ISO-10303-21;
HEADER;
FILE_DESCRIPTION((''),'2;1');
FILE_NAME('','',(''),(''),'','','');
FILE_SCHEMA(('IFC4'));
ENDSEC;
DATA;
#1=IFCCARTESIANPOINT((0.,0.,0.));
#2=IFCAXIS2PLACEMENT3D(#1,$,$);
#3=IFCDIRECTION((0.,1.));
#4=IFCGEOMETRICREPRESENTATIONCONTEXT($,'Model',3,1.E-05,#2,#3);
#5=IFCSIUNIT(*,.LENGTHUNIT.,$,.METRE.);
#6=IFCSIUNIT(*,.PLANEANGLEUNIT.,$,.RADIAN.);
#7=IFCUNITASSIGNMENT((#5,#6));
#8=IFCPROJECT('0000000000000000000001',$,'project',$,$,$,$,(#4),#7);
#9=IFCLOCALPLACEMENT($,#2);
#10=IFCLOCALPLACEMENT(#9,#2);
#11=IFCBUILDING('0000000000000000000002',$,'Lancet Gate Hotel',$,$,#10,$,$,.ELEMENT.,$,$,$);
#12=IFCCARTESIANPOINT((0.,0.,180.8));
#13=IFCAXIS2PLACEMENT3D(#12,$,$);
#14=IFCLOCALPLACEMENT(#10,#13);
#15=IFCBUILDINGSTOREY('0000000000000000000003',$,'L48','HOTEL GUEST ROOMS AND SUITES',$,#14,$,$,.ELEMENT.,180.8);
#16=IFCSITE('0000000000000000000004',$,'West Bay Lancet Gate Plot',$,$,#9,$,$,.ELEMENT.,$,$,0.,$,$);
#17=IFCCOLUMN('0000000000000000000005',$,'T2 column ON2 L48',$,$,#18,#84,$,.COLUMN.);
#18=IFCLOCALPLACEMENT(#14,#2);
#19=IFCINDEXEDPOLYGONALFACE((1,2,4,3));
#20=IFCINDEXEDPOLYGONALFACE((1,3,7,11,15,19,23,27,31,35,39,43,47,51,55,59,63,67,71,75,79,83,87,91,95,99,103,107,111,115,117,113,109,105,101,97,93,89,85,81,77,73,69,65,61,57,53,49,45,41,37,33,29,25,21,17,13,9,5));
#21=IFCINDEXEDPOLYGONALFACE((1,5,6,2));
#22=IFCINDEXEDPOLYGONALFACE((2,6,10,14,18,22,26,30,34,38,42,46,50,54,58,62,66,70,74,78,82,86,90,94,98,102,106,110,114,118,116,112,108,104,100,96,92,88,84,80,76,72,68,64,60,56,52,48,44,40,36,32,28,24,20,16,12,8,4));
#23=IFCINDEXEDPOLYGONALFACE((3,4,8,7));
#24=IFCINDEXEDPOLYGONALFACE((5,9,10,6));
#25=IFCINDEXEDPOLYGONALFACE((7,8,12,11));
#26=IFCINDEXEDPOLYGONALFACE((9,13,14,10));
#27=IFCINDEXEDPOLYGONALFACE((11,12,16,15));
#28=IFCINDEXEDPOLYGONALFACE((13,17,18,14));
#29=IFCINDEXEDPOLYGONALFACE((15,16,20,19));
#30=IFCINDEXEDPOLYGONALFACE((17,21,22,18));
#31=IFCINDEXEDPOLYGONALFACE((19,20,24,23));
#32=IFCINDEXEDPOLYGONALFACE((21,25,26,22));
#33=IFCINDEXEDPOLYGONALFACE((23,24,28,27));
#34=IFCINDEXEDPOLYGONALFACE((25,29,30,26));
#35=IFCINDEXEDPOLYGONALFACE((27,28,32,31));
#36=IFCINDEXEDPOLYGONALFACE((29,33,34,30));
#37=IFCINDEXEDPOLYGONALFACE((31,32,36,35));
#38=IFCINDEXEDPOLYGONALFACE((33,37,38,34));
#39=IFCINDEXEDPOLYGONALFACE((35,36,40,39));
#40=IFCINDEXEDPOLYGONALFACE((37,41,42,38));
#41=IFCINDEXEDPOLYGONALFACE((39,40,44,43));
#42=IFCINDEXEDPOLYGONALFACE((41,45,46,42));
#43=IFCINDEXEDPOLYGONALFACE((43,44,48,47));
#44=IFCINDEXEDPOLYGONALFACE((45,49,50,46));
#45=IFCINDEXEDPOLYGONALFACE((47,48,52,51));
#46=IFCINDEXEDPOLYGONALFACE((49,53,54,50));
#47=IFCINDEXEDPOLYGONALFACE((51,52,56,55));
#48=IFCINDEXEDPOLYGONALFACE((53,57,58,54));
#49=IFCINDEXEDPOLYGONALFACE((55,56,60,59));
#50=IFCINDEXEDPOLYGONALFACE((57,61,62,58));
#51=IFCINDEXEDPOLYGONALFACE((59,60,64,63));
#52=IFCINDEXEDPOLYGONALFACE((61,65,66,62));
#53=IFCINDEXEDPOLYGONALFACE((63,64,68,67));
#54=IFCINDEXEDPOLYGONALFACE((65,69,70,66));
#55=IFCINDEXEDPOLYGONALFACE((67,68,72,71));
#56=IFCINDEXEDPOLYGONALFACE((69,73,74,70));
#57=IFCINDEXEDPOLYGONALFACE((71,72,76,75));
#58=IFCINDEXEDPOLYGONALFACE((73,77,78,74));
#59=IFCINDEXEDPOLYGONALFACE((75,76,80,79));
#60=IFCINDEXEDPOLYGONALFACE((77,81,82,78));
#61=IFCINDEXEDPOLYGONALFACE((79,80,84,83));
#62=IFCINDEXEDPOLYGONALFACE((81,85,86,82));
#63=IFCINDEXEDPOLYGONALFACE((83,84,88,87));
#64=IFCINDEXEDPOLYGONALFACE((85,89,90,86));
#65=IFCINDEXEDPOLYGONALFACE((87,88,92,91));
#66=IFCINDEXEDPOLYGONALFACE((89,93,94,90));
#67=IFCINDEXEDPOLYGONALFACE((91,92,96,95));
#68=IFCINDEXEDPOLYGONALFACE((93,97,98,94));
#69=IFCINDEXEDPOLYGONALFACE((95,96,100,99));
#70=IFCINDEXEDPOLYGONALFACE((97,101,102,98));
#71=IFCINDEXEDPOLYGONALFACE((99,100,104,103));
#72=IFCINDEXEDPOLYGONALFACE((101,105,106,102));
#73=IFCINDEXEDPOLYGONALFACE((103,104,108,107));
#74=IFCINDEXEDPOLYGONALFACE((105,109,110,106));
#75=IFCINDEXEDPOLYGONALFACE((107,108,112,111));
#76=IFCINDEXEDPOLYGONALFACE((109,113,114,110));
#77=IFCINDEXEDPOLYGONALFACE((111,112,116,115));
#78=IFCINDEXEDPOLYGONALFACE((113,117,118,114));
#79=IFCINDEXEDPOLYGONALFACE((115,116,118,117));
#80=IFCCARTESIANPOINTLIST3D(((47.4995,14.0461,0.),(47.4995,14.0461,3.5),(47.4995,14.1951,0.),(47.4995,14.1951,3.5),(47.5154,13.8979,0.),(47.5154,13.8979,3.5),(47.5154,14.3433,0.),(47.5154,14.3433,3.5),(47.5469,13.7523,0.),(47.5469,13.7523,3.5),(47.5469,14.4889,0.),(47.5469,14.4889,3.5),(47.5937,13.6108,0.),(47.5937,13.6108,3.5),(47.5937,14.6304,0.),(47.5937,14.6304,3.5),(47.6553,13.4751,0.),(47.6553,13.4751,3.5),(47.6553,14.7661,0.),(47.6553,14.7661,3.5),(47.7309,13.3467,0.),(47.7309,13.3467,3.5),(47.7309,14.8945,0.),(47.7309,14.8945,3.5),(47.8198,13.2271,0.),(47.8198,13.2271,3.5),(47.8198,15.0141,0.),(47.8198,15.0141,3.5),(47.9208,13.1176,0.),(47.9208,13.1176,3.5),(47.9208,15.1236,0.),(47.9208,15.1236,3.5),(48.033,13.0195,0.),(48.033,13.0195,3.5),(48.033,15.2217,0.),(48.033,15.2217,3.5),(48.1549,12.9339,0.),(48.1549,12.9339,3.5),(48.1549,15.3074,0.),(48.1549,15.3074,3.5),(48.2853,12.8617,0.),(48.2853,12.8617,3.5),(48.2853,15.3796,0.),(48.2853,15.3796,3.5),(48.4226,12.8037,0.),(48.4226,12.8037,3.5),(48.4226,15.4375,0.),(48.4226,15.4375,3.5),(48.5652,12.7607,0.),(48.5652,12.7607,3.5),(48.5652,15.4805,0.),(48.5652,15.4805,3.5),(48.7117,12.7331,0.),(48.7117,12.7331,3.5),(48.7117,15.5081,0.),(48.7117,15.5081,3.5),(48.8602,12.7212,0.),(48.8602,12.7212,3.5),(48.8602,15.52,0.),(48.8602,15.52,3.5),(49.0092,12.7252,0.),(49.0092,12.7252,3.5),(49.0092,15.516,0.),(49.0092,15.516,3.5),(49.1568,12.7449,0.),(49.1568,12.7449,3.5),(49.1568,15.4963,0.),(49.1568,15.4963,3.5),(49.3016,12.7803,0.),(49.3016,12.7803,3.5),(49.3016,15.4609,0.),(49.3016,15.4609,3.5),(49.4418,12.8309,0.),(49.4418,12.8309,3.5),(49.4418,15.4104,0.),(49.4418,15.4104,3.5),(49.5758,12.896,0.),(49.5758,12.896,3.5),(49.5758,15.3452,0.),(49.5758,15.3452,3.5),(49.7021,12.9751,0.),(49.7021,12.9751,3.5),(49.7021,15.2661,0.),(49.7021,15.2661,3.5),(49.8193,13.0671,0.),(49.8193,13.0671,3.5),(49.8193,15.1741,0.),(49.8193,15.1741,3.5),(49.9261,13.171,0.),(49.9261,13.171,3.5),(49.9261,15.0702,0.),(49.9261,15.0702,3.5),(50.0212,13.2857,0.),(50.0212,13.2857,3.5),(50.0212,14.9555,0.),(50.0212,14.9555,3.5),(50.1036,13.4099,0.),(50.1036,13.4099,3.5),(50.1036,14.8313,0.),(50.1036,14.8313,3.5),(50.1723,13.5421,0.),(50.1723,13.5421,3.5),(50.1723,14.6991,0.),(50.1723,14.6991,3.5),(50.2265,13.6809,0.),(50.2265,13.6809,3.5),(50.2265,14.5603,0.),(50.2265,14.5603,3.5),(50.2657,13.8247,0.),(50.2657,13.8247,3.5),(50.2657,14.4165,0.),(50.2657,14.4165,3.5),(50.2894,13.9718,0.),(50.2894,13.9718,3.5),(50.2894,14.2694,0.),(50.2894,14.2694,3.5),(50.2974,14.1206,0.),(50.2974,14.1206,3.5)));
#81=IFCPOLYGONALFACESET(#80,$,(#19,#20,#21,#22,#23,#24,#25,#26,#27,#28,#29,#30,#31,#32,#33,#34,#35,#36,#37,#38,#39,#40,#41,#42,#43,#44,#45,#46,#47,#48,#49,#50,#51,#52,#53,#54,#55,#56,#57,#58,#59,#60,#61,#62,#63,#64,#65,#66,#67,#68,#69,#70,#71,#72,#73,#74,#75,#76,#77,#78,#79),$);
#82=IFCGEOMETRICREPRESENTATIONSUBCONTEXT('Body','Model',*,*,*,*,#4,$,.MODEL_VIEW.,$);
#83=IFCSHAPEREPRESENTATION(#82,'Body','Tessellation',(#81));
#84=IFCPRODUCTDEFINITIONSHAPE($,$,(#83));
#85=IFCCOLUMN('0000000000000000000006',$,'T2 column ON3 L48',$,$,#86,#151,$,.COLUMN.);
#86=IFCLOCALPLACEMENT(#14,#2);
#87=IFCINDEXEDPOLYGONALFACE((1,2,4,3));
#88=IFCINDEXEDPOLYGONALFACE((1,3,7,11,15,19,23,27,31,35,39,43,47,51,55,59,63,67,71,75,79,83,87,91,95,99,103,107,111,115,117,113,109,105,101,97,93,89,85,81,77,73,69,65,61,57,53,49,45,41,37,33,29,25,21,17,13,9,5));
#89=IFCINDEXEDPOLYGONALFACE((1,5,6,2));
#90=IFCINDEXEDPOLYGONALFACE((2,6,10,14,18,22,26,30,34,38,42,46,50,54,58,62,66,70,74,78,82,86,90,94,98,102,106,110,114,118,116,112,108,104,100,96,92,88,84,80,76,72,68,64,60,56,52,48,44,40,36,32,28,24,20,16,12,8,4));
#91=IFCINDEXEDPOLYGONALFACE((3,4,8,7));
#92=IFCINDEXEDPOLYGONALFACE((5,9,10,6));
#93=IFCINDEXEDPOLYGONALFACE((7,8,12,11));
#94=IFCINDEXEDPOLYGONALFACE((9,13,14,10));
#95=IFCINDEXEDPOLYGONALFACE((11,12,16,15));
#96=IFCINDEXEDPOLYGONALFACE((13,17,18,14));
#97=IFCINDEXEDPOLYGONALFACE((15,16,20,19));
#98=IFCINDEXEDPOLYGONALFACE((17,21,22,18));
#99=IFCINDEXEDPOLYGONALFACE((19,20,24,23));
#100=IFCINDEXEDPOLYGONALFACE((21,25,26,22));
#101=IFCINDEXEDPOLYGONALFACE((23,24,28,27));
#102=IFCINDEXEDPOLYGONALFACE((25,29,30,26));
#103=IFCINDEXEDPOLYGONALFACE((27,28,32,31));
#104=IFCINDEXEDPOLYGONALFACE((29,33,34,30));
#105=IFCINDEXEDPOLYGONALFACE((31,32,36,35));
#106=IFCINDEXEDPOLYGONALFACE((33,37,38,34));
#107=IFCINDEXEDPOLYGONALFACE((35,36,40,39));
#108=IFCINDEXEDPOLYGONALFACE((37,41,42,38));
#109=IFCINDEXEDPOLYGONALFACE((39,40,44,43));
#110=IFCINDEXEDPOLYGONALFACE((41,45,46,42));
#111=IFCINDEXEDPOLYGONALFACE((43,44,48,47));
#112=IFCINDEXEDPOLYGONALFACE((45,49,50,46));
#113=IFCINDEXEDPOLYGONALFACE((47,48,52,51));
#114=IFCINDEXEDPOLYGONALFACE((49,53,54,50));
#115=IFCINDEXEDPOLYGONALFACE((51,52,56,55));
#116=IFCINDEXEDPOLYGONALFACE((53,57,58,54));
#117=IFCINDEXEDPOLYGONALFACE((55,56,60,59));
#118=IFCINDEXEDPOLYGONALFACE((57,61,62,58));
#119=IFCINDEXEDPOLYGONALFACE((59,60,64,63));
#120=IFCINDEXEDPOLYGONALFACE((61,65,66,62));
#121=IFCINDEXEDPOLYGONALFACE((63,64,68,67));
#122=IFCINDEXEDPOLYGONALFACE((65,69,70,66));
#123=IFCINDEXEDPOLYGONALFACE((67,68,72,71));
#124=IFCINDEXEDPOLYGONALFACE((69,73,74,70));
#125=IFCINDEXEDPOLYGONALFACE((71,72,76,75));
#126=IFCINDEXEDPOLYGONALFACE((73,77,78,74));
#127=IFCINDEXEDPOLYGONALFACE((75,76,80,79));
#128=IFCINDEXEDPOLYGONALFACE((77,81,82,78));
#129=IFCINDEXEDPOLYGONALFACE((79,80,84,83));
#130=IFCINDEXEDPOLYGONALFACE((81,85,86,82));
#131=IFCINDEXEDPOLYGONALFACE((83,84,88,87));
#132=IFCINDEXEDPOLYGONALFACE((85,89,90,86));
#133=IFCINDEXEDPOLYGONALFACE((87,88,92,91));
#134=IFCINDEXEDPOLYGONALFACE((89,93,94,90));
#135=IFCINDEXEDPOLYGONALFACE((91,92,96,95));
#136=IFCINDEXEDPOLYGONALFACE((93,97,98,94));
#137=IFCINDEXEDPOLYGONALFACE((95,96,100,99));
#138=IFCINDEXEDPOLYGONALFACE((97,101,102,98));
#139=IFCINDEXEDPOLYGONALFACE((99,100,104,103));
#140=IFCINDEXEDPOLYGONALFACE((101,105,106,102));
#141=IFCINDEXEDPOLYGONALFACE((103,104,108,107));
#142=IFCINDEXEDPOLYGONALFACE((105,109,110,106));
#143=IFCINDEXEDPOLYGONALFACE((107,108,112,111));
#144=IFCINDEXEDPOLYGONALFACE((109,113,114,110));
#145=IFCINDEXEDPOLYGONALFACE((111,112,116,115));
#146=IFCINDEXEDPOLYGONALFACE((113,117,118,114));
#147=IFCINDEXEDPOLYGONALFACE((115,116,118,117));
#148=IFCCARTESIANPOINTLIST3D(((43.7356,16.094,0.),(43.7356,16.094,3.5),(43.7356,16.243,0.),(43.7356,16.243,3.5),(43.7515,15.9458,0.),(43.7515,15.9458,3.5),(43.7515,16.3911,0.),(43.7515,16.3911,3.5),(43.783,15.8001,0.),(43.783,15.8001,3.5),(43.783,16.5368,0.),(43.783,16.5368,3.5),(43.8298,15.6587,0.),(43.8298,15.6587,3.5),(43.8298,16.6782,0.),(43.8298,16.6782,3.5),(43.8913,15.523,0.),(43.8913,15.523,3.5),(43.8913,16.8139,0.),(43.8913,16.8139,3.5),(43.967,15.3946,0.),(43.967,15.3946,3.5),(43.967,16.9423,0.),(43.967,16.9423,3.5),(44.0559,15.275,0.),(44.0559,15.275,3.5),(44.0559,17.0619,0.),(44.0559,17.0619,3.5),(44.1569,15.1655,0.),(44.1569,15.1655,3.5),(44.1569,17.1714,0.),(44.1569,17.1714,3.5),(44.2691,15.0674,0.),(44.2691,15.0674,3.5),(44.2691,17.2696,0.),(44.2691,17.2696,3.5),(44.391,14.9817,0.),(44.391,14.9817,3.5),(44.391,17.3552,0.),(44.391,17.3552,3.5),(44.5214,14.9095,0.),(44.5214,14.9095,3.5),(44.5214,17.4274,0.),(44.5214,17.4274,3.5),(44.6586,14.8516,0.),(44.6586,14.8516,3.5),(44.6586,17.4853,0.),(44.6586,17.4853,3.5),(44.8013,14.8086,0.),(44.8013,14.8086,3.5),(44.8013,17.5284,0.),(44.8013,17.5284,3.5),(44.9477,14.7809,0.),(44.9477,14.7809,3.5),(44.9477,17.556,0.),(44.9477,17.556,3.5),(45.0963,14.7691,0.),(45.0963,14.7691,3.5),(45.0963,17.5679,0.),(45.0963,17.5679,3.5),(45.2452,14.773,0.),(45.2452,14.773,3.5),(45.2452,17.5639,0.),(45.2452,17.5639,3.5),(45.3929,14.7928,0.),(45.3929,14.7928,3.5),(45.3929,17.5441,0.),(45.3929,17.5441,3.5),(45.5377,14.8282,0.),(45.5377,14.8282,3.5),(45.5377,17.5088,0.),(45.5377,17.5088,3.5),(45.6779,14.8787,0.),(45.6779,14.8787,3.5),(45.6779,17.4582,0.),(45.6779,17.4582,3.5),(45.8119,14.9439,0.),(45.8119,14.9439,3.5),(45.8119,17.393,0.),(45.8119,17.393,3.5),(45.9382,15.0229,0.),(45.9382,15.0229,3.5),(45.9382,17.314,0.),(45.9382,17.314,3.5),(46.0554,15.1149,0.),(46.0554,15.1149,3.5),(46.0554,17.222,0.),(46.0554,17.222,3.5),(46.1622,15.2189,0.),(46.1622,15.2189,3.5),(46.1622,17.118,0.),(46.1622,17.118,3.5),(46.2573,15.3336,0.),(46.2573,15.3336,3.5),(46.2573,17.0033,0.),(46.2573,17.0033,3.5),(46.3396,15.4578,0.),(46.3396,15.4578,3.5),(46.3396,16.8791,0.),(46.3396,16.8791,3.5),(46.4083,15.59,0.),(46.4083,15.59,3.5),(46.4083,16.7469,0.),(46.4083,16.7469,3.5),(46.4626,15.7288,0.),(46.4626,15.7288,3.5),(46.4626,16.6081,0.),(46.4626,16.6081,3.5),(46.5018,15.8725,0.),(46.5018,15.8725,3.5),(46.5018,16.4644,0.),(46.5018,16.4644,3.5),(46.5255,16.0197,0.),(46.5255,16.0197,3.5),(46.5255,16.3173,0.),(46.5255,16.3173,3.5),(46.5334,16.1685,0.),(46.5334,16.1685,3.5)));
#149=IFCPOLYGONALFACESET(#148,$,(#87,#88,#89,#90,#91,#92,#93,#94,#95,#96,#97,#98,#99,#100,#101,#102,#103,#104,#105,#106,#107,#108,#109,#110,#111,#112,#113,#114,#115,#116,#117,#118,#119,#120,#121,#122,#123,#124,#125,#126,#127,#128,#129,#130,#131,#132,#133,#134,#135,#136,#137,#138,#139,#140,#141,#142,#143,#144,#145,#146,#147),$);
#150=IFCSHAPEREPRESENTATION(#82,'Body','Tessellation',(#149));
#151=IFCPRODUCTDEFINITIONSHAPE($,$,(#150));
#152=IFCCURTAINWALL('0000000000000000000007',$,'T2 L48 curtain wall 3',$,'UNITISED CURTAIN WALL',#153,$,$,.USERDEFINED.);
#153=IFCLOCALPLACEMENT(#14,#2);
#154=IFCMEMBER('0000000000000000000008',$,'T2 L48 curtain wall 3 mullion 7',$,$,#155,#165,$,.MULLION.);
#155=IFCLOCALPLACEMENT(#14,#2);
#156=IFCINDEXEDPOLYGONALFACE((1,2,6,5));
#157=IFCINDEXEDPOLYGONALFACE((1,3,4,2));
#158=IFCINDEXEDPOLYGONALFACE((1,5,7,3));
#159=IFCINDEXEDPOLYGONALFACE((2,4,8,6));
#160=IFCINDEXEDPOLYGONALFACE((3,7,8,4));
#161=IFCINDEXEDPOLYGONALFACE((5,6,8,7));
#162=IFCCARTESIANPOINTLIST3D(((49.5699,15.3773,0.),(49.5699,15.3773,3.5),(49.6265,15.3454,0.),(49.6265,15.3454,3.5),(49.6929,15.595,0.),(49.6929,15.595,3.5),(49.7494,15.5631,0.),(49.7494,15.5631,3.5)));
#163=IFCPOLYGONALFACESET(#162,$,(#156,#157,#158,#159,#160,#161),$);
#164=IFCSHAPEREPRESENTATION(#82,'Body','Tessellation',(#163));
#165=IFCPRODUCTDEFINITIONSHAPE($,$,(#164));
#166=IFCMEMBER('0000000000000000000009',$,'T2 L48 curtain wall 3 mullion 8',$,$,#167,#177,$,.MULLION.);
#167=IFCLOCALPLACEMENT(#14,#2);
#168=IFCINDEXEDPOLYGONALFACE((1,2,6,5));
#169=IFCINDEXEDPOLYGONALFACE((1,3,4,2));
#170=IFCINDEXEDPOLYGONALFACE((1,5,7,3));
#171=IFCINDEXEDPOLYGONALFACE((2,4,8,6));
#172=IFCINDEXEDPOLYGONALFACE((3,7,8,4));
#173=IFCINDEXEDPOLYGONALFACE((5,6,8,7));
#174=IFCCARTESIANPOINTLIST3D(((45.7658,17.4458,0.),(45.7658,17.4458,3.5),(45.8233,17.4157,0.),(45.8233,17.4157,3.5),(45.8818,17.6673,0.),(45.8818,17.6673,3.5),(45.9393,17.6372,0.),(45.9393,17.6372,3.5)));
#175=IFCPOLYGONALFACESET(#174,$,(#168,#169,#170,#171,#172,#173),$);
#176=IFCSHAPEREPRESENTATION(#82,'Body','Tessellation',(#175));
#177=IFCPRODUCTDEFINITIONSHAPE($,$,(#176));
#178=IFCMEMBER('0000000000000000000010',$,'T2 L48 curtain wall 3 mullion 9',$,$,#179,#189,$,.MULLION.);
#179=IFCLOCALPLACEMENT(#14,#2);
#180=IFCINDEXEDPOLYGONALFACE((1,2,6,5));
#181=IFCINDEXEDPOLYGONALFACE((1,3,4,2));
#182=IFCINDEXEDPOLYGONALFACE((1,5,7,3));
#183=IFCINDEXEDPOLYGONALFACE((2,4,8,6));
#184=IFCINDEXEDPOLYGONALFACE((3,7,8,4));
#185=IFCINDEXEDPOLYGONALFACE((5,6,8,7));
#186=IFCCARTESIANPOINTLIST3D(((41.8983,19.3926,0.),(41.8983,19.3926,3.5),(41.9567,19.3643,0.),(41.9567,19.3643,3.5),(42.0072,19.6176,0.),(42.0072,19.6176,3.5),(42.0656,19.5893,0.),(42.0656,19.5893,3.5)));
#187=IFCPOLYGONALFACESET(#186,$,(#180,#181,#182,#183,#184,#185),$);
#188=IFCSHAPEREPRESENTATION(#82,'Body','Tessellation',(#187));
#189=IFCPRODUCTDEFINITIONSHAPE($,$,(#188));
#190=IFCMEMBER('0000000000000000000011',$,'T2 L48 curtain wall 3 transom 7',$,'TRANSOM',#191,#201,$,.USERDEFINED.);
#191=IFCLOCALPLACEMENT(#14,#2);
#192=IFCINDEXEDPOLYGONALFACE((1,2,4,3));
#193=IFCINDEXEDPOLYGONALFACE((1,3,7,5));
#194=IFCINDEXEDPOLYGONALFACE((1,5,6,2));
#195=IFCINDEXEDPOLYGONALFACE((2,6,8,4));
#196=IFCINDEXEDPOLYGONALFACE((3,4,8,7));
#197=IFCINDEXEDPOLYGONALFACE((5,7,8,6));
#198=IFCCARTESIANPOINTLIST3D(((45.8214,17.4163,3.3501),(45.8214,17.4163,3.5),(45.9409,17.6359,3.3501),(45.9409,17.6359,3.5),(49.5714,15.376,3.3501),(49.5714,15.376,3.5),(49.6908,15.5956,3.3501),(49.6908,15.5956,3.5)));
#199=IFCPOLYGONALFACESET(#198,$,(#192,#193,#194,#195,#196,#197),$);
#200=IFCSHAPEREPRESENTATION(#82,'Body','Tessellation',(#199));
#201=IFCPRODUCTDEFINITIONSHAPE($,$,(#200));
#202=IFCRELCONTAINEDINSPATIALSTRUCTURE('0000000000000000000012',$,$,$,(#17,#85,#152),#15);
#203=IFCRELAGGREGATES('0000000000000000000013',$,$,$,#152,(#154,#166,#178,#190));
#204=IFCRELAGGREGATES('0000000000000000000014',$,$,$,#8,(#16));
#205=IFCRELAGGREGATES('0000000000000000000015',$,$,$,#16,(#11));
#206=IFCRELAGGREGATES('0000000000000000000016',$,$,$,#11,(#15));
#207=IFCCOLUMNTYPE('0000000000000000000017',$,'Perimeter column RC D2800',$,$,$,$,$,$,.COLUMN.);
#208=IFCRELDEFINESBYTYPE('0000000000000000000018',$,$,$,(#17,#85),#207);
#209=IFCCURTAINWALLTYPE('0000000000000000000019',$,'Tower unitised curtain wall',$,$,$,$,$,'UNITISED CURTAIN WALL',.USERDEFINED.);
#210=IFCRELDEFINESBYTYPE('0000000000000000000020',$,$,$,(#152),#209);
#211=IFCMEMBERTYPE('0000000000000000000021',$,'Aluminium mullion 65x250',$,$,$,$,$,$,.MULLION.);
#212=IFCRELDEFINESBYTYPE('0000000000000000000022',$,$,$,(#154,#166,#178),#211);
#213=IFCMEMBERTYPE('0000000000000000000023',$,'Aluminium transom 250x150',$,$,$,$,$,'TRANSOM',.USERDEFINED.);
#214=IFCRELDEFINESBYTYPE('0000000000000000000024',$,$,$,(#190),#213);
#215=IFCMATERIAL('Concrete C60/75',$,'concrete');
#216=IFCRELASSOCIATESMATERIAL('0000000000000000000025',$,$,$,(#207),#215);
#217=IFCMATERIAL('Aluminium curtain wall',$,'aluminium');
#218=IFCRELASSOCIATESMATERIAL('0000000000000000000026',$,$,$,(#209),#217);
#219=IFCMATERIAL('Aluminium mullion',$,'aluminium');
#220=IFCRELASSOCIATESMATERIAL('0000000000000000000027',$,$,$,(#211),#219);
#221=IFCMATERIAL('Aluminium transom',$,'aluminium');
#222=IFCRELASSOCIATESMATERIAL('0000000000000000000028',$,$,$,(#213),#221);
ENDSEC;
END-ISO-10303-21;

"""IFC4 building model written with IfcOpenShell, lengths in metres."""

from ifc_helpers import new_model, si_unit, direction, frame, origin, origin_2d, place, context, subcontext, project, spatial, rectangle, circle, extrude, material, material_profile, profile_set, type_object, element, aggregate, save


model = new_model("IFC4")

# Units and contexts
model_context = context("Model", 3, precision=1e-05, world=origin(), true_north=direction((0.0, 1.0)))
body_context = subcontext(model_context, "Body", "Model", "MODEL_VIEW")
ifc_project = project(units=[si_unit("LENGTHUNIT", "METRE"), si_unit("PLANEANGLEUNIT", "RADIAN")], contexts=[model_context])

# Site, building, storey
site_placement = place(None, origin())
site = spatial("IfcSite", under=ifc_project, at=site_placement, Name="West Bay Lancet Gate Plot", CompositionType="ELEMENT", RefElevation=0.0)
building_placement = place(site_placement, origin())
building = spatial("IfcBuilding", under=site, at=building_placement, Name="Lancet Gate Hotel", CompositionType="ELEMENT")
storey_placement = place(building_placement, frame((0.0, 0.0, 180.8)))
storey = spatial("IfcBuildingStorey", under=building, at=storey_placement, Name="L48", Description="HOTEL GUEST ROOMS AND SUITES", CompositionType="ELEMENT", Elevation=180.8)

# Columns
ifc_material_1 = material(Name="Concrete C60/75", Category="concrete")
ifc_material_profile_1 = material_profile(ifc_material_1, circle(Radius=1.3999, at=origin_2d()), Name="RC D2800")
ifc_profile_set_1 = profile_set([ifc_material_profile_1], Name="Concrete C60/75")
column_type = type_object("IfcColumnType", Name="Perimeter column RC D2800", PredefinedType="COLUMN", material=ifc_profile_set_1)
for number, where, z_axis, x_axis, name in (
    (1, (48.8975, 14.1206, 0.0), (0.0, 0.0, 1.0), (1.0, 0.0, 0.0), "T2 column ON2 L48"),
    (2, (45.1335, 16.1685, 0.0), (0.0, 0.0, 1.0), (1.0, 0.0, 0.0), "T2 column ON3 L48"),
):
    element("IfcColumn", number, at=place(storey_placement, frame(where, z_axis=z_axis, x_axis=x_axis)), inside=storey, type_object=column_type, Name=name, PredefinedType="COLUMN", context=body_context, shape_type="SweptSolid", body=[
        extrude(circle(Radius=1.3999, at=origin_2d()), origin(), (0.0, 0.0, 1.0), 3.5),
    ])

# Curtain wall, members
ifc_material_2 = material(Name="Aluminium curtain wall", Category="aluminium")
curtain_wall_type = type_object("IfcCurtainWallType", Name="Tower unitised curtain wall", ElementType="UNITISED CURTAIN WALL", PredefinedType="USERDEFINED", material=ifc_material_2)
curtain_wall_placement = place(storey_placement, origin())
curtain_wall = element("IfcCurtainWall", 3, at=curtain_wall_placement, inside=storey, type_object=curtain_wall_type, Name="T2 L48 curtain wall 3", ObjectType="UNITISED CURTAIN WALL", PredefinedType="USERDEFINED")
ifc_material_3 = material(Name="Aluminium mullion", Category="aluminium")
ifc_material_profile_2 = material_profile(ifc_material_3, rectangle(XDim=0.0649, YDim=0.25, at=origin_2d()), Name="MULLION 65x250")
ifc_profile_set_2 = profile_set([ifc_material_profile_2], Name="Aluminium mullion")
member_type_1 = type_object("IfcMemberType", Name="Aluminium mullion 65x250", PredefinedType="MULLION", material=ifc_profile_set_2)
member_1_placement = place(storey_placement, frame((49.6597, 15.4702, 0.0), z_axis=(0.0, 0.0, 1.0), x_axis=(-0.870722, 0.491776, 0.0)))
member_1 = element("IfcMember", 4, at=member_1_placement, type_object=member_type_1, Name="T2 L48 curtain wall 3 mullion 7", PredefinedType="MULLION", context=body_context, shape_type="SweptSolid", body=[
    extrude(rectangle(XDim=0.0649, YDim=0.25, at=origin_2d()), origin(), (0.0, 0.0, 1.0), 3.5),
])
member_2_placement = place(storey_placement, frame((45.8525, 17.5415, 0.0), z_axis=(0.0, 0.0, 1.0), x_axis=(-0.885877, 0.46392, 0.0)))
member_2 = element("IfcMember", 5, at=member_2_placement, type_object=member_type_1, Name="T2 L48 curtain wall 3 mullion 8", PredefinedType="MULLION", context=body_context, shape_type="SweptSolid", body=[
    extrude(rectangle(XDim=0.0649, YDim=0.25, at=origin_2d()), origin(), (0.0, 0.0, 1.0), 3.5),
])
member_3_placement = place(storey_placement, frame((41.9819, 19.491, 0.0), z_axis=(0.0, 0.0, 1.0), x_axis=(-0.900141, 0.435598, 0.0)))
member_3 = element("IfcMember", 6, at=member_3_placement, type_object=member_type_1, Name="T2 L48 curtain wall 3 mullion 9", PredefinedType="MULLION", context=body_context, shape_type="SweptSolid", body=[
    extrude(rectangle(XDim=0.0649, YDim=0.25, at=origin_2d()), origin(), (0.0, 0.0, 1.0), 3.5),
])
ifc_material_4 = material(Name="Aluminium transom", Category="aluminium")
ifc_material_profile_3 = material_profile(ifc_material_4, rectangle(XDim=0.25, YDim=0.1499, at=origin_2d()), Name="TRANSOM 250x150")
ifc_profile_set_3 = profile_set([ifc_material_profile_3], Name="Aluminium transom")
member_type_2 = type_object("IfcMemberType", Name="Aluminium transom 250x150", ElementType="TRANSOM", PredefinedType="USERDEFINED", material=ifc_profile_set_3)
member_4_placement = place(storey_placement, frame((49.6311, 15.4858, 3.425), z_axis=(-0.878404, 0.477918, 0.0), x_axis=(-0.477918, -0.878404, 0.0)))
member_4 = element("IfcMember", 7, at=member_4_placement, type_object=member_type_2, Name="T2 L48 curtain wall 3 transom 7", ObjectType="TRANSOM", PredefinedType="USERDEFINED", context=body_context, shape_type="SweptSolid", body=[
    extrude(rectangle(XDim=0.25, YDim=0.1499, at=origin_2d()), origin(), (0.0, 0.0, 1.0), 4.269),
])

aggregate(curtain_wall, [member_1, member_2, member_3, member_4])

save(model, "model.ifc")
